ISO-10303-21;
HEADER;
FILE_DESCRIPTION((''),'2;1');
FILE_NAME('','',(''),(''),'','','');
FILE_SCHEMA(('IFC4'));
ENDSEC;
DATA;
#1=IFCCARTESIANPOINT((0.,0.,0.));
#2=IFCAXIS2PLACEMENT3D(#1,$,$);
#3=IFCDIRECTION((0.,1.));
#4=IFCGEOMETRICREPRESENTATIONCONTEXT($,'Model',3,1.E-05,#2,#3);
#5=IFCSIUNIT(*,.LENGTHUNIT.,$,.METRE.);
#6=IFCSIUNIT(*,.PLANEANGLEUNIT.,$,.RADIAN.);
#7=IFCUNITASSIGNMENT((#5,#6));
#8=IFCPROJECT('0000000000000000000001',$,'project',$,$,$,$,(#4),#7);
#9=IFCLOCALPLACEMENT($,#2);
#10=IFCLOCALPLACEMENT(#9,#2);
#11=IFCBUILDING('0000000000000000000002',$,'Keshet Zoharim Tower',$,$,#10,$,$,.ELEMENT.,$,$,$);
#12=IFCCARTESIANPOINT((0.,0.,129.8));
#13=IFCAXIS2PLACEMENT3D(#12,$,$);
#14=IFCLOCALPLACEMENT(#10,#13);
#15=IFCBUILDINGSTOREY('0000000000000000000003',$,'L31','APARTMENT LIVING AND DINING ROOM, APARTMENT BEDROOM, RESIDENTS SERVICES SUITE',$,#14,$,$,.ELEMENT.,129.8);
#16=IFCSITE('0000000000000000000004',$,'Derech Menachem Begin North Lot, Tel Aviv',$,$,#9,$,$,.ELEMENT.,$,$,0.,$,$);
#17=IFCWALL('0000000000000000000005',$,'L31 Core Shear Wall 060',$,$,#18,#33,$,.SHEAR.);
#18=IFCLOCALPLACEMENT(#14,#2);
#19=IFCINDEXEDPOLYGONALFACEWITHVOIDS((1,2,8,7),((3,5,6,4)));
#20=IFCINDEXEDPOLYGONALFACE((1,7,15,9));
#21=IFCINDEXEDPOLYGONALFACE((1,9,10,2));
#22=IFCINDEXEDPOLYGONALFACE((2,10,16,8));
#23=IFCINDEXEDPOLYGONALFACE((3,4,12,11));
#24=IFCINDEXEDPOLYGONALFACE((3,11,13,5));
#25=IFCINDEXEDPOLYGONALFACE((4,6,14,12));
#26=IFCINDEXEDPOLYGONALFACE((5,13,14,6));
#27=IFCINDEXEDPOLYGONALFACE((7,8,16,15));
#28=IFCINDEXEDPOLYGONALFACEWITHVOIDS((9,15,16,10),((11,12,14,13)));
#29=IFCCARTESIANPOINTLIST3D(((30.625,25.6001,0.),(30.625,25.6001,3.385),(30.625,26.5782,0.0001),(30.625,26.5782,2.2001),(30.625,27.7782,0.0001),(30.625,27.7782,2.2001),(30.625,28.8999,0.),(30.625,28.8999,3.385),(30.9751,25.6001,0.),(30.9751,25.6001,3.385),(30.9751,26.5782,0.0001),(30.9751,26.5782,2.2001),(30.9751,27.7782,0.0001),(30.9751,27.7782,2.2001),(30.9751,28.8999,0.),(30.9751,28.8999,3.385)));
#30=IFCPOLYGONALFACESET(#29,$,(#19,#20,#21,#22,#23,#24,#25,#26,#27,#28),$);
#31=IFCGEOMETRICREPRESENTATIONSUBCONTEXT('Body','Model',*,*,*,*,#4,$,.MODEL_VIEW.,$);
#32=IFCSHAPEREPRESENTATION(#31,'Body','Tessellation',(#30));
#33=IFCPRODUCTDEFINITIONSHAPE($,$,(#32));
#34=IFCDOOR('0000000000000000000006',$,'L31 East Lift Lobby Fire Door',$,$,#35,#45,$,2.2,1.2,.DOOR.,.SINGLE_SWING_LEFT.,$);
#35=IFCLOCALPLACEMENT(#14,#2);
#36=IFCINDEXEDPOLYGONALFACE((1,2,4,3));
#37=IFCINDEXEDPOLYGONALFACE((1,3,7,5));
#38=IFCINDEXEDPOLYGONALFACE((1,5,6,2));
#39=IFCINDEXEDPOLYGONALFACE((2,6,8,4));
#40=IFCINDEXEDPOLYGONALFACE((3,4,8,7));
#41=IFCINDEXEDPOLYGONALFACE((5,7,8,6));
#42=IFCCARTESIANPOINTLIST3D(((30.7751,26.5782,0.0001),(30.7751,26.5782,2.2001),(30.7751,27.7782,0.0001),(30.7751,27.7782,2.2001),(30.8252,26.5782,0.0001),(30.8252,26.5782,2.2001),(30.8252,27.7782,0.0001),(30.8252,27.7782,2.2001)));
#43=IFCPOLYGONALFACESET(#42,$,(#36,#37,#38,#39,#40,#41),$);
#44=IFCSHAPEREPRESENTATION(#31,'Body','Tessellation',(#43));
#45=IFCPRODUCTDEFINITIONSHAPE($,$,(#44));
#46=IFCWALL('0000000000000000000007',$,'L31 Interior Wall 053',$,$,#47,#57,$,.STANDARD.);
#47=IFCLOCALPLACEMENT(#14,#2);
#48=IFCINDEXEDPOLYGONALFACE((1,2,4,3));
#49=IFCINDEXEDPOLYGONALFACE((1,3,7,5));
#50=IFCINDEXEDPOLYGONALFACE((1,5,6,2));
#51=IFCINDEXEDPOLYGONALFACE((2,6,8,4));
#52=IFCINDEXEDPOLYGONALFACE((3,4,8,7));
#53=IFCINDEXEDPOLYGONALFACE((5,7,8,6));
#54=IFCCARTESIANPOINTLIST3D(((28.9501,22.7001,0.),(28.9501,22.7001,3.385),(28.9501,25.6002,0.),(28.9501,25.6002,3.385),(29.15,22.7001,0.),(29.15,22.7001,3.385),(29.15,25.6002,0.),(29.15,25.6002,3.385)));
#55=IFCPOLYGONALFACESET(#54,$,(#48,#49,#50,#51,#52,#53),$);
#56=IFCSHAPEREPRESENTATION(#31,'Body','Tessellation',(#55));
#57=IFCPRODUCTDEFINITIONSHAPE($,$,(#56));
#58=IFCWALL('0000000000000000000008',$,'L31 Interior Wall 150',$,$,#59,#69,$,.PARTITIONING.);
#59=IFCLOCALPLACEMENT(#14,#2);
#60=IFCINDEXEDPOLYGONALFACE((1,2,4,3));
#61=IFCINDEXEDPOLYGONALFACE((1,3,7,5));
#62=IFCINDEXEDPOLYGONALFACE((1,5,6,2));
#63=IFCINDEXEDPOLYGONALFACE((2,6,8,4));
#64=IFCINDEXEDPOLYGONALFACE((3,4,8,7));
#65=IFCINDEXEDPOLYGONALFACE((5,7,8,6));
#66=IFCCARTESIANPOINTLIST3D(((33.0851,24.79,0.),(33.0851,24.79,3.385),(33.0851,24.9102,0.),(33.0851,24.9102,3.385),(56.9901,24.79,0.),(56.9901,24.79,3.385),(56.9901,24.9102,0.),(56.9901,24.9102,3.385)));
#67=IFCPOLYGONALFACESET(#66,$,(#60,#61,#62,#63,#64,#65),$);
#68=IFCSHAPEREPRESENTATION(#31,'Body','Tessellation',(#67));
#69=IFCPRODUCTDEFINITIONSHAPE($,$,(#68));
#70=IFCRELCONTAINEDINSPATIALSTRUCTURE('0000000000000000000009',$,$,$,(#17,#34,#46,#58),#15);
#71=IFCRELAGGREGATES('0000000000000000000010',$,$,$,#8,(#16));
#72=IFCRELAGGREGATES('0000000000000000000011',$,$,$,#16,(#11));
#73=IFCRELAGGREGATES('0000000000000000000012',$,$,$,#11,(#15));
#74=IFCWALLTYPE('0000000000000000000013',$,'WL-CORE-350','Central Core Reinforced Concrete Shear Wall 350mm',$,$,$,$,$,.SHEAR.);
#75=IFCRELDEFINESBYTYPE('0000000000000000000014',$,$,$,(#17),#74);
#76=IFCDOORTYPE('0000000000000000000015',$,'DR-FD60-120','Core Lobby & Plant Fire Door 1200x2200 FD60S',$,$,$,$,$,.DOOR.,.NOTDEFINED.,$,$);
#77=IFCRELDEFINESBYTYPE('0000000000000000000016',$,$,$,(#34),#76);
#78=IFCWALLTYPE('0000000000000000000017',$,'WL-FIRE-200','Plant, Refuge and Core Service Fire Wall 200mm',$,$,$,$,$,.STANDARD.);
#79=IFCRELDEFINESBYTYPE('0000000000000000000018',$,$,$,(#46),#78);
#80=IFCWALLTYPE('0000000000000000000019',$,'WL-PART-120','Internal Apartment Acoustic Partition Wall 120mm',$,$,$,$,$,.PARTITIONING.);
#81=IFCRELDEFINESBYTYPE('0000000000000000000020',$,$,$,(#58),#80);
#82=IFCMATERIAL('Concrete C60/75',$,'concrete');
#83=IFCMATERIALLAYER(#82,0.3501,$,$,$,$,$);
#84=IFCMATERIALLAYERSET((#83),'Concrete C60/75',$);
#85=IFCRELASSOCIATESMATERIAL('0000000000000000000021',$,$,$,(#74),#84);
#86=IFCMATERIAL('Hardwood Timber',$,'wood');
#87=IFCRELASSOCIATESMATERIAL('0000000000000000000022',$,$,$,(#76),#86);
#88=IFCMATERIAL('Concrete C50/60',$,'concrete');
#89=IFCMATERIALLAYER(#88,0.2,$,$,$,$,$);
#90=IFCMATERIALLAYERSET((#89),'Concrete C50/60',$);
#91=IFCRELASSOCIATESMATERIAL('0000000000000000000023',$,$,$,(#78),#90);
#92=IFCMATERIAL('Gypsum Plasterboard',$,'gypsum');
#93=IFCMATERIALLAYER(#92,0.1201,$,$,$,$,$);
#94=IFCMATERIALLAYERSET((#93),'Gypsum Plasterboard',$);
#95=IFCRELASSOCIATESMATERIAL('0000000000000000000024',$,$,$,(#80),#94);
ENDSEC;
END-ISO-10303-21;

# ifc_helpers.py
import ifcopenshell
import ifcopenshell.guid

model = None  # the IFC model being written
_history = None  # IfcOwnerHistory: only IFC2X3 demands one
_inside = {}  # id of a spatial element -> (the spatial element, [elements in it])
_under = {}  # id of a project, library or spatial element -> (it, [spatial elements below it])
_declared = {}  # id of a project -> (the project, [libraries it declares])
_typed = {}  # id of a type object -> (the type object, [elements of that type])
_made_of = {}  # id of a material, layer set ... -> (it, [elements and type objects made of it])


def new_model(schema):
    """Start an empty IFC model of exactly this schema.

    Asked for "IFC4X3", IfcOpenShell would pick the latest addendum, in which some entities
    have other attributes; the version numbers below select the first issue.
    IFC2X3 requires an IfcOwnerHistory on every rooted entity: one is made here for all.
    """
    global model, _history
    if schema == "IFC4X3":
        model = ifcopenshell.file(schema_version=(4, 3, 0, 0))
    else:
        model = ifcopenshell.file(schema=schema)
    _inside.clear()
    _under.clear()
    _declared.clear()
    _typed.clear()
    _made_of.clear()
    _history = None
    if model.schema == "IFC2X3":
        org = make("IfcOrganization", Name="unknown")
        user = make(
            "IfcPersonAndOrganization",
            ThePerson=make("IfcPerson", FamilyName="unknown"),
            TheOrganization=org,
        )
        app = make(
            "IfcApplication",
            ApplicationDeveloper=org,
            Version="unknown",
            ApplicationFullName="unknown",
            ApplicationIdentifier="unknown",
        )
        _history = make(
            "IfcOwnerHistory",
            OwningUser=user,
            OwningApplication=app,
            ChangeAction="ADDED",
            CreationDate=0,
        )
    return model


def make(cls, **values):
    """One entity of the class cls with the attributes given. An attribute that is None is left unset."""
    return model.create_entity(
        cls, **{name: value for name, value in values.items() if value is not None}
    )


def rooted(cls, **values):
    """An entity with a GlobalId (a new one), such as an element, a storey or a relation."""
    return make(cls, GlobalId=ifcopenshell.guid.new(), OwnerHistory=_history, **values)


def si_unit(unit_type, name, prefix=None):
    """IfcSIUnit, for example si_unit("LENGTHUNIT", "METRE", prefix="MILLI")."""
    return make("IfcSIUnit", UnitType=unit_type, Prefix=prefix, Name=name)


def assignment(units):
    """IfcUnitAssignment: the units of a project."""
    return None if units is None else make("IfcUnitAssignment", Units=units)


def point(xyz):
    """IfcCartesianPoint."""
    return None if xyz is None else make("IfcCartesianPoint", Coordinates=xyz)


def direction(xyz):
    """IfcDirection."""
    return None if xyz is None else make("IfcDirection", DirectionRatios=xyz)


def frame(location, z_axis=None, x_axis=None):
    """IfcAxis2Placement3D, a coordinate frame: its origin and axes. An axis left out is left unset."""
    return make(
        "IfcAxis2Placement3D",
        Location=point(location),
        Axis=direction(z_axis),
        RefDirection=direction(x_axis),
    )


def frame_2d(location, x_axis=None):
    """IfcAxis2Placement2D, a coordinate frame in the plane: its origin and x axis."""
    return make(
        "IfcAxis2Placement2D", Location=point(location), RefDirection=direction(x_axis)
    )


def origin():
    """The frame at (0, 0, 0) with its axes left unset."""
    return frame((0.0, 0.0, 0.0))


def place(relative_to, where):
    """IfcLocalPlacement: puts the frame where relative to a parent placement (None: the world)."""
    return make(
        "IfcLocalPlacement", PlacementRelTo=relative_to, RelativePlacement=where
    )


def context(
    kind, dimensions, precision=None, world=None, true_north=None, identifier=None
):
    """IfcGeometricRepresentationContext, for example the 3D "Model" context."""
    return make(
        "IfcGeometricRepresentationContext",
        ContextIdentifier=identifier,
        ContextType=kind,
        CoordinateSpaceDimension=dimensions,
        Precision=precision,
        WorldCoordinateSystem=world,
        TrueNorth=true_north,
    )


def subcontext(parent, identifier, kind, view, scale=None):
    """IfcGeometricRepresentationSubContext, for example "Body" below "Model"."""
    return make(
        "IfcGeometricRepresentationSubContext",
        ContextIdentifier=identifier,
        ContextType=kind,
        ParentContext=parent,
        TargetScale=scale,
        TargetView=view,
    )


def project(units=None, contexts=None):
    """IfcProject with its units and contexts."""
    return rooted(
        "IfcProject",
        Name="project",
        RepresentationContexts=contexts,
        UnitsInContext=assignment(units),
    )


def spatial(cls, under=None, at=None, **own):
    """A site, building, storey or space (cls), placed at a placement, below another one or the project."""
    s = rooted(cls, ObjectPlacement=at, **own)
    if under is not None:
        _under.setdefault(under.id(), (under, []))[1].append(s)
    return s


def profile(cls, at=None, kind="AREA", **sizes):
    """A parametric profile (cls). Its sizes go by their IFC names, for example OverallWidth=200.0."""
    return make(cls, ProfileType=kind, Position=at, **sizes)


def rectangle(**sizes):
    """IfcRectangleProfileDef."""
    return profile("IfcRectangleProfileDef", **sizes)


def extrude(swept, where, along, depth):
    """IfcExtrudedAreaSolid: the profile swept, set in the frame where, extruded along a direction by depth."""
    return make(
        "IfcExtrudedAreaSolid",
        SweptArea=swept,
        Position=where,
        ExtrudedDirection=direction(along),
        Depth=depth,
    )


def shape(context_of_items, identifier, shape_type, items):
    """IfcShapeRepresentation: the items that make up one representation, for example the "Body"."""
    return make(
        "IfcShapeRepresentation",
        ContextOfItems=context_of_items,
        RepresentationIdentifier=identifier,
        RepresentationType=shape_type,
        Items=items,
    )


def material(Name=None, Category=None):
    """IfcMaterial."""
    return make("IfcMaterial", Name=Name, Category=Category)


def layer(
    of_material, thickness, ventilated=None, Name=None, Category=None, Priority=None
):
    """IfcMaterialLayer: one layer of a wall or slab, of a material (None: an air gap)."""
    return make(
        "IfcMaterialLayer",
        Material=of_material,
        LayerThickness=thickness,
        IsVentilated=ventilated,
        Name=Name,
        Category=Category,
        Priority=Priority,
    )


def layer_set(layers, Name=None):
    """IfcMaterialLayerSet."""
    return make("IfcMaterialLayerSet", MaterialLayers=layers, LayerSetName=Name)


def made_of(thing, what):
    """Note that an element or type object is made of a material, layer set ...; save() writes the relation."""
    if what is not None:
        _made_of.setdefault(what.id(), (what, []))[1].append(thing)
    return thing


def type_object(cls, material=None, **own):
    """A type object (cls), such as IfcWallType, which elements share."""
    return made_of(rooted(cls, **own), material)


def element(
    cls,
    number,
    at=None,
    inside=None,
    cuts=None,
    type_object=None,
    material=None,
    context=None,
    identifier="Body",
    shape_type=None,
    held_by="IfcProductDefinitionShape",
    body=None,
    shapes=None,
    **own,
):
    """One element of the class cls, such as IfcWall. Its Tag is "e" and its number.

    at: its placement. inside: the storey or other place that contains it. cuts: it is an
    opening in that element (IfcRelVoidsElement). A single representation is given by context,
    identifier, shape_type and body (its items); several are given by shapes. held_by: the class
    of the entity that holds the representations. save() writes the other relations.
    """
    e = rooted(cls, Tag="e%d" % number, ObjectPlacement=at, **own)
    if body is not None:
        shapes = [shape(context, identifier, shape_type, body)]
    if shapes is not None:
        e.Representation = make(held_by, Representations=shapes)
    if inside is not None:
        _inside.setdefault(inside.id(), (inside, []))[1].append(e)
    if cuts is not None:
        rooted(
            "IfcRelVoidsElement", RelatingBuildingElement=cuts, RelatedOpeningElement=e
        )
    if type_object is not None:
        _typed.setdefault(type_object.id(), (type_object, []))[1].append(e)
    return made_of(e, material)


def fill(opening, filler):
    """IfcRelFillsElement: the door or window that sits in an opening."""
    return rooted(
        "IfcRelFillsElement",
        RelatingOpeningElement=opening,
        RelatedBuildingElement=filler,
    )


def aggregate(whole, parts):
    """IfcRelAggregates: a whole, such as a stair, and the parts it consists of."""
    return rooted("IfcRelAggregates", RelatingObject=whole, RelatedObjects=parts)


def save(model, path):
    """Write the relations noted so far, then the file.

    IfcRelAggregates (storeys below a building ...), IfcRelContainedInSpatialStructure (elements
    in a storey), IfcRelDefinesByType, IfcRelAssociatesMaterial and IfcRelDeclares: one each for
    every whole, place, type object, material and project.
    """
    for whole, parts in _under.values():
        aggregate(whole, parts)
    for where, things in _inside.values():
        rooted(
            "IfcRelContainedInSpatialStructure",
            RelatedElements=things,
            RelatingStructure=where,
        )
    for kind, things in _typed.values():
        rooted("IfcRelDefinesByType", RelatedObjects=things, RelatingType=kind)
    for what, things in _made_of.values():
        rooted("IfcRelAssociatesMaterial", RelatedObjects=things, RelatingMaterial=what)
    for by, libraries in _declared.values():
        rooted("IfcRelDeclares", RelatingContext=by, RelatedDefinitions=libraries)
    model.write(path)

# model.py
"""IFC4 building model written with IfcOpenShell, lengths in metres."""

from ifc_helpers import new_model, si_unit, direction, frame, frame_2d, origin, place, context, subcontext, project, spatial, rectangle, extrude, material, layer, layer_set, type_object, element, fill, save


model = new_model("IFC4")

# Units and contexts
model_context = context("Model", 3, precision=1e-05, world=origin(), true_north=direction((0.0, 1.0)))
body_context = subcontext(model_context, "Body", "Model", "MODEL_VIEW")
ifc_project = project(units=[si_unit("LENGTHUNIT", "METRE"), si_unit("PLANEANGLEUNIT", "RADIAN")], contexts=[model_context])

# Site, building, storey
site_placement = place(None, origin())
site = spatial("IfcSite", under=ifc_project, at=site_placement, Name="Derech Menachem Begin North Lot, Tel Aviv", CompositionType="ELEMENT", RefElevation=0.0)
building_placement = place(site_placement, origin())
building = spatial("IfcBuilding", under=site, at=building_placement, Name="Keshet Zoharim Tower", CompositionType="ELEMENT")
storey_placement = place(building_placement, frame((0.0, 0.0, 129.8)))
storey = spatial("IfcBuildingStorey", under=building, at=storey_placement, Name="L31", Description="APARTMENT LIVING AND DINING ROOM, APARTMENT BEDROOM, RESIDENTS SERVICES SUITE", CompositionType="ELEMENT", Elevation=129.8)

# Shared definitions
ifc_material_1 = material(Name="Concrete C60/75", Category="concrete")

# Shared definitions
ifc_material_2 = material(Name="Gypsum Plasterboard", Category="gypsum")
ifc_material_3 = material(Name="Hardwood Timber", Category="wood")

# Shared definitions
ifc_layer_1 = layer(ifc_material_1, 0.3501)
ifc_layer_set_1 = layer_set([ifc_layer_1], Name="Concrete C60/75")
wall_type_1 = type_object("IfcWallType", Name="WL-CORE-350", Description="Central Core Reinforced Concrete Shear Wall 350mm", PredefinedType="SHEAR", material=ifc_layer_set_1)

# Wall, opening, door
wall_1_placement = place(storey_placement, frame((30.8, 25.6001, 0.0), z_axis=(0.0, 0.0, 1.0), x_axis=(0.0, 1.0, 0.0)))
wall_1 = element("IfcWall", 1, at=wall_1_placement, inside=storey, type_object=wall_type_1, Name="L31 Core Shear Wall 060", PredefinedType="SHEAR", context=body_context, shape_type="SweptSolid", body=[
    extrude(rectangle(XDim=3.2998, YDim=0.3501, at=frame_2d((1.6499, 0.0))), origin(), (0.0, 0.0, 1.0), 3.385),
])
opening_1_placement = place(wall_1_placement, frame((0.978, 0.0, 0.0)))
opening_1 = element("IfcOpeningElement", 2, at=opening_1_placement, cuts=wall_1, PredefinedType="OPENING", context=body_context, shape_type="SweptSolid", body=[
    extrude(rectangle(XDim=1.2, YDim=2.2, at=frame_2d((0.6001, 1.1001))), frame((0.0, 0.1851, 0.0), z_axis=(0.0, -1.0, 0.0), x_axis=(1.0, 0.0, 0.0)), (0.0, 0.0, 1.0), 0.3701),
])
door_type_1 = type_object("IfcDoorType", Name="DR-FD60-120", Description="Core Lobby & Plant Fire Door 1200x2200 FD60S", OperationType="NOTDEFINED", PredefinedType="DOOR", material=ifc_material_3)
door_1_placement = place(opening_1_placement, origin())
door_1 = element("IfcDoor", 3, at=door_1_placement, inside=storey, type_object=door_type_1, Name="L31 East Lift Lobby Fire Door", OperationType="SINGLE_SWING_LEFT", OverallHeight=2.2, OverallWidth=1.2, PredefinedType="DOOR", context=body_context, shape_type="SweptSolid", body=[
    extrude(rectangle(XDim=1.2, YDim=2.2, at=frame_2d((0.6001, 1.1001))), frame((0.0, 0.0249, 0.0), z_axis=(0.0, -1.0, 0.0), x_axis=(1.0, 0.0, 0.0)), (0.0, 0.0, 1.0), 0.05),
])
fill(opening_1, door_1)

# Walls
ifc_material_4 = material(Name="Concrete C50/60", Category="concrete")
ifc_layer_2 = layer(ifc_material_4, 0.2)
ifc_layer_set_2 = layer_set([ifc_layer_2], Name="Concrete C50/60")
wall_type_2 = type_object("IfcWallType", Name="WL-FIRE-200", Description="Plant, Refuge and Core Service Fire Wall 200mm", PredefinedType="STANDARD", material=ifc_layer_set_2)
wall_2_placement = place(storey_placement, frame((29.05, 22.7, 0.0), z_axis=(0.0, 0.0, 1.0), x_axis=(0.0, 1.0, 0.0)))
element("IfcWall", 4, at=wall_2_placement, inside=storey, type_object=wall_type_2, Name="L31 Interior Wall 053", PredefinedType="STANDARD", context=body_context, shape_type="SweptSolid", body=[
    extrude(rectangle(XDim=2.9001, YDim=0.2, at=frame_2d((1.4502, 0.0))), origin(), (0.0, 0.0, 1.0), 3.385),
])
ifc_layer_3 = layer(ifc_material_2, 0.1201)
ifc_layer_set_3 = layer_set([ifc_layer_3], Name="Gypsum Plasterboard")
wall_type_3 = type_object("IfcWallType", Name="WL-PART-120", Description="Internal Apartment Acoustic Partition Wall 120mm", PredefinedType="PARTITIONING", material=ifc_layer_set_3)
wall_3_placement = place(storey_placement, frame((33.085, 24.8501, 0.0), z_axis=(0.0, 0.0, 1.0), x_axis=(1.0, 0.0, 0.0)))
element("IfcWall", 5, at=wall_3_placement, inside=storey, type_object=wall_type_3, Name="L31 Interior Wall 150", PredefinedType="PARTITIONING", context=body_context, shape_type="SweptSolid", body=[
    extrude(rectangle(XDim=23.905, YDim=0.1201, at=frame_2d((11.9526, 0.0))), origin(), (0.0, 0.0, 1.0), 3.385),
])

save(model, "model.ifc")
